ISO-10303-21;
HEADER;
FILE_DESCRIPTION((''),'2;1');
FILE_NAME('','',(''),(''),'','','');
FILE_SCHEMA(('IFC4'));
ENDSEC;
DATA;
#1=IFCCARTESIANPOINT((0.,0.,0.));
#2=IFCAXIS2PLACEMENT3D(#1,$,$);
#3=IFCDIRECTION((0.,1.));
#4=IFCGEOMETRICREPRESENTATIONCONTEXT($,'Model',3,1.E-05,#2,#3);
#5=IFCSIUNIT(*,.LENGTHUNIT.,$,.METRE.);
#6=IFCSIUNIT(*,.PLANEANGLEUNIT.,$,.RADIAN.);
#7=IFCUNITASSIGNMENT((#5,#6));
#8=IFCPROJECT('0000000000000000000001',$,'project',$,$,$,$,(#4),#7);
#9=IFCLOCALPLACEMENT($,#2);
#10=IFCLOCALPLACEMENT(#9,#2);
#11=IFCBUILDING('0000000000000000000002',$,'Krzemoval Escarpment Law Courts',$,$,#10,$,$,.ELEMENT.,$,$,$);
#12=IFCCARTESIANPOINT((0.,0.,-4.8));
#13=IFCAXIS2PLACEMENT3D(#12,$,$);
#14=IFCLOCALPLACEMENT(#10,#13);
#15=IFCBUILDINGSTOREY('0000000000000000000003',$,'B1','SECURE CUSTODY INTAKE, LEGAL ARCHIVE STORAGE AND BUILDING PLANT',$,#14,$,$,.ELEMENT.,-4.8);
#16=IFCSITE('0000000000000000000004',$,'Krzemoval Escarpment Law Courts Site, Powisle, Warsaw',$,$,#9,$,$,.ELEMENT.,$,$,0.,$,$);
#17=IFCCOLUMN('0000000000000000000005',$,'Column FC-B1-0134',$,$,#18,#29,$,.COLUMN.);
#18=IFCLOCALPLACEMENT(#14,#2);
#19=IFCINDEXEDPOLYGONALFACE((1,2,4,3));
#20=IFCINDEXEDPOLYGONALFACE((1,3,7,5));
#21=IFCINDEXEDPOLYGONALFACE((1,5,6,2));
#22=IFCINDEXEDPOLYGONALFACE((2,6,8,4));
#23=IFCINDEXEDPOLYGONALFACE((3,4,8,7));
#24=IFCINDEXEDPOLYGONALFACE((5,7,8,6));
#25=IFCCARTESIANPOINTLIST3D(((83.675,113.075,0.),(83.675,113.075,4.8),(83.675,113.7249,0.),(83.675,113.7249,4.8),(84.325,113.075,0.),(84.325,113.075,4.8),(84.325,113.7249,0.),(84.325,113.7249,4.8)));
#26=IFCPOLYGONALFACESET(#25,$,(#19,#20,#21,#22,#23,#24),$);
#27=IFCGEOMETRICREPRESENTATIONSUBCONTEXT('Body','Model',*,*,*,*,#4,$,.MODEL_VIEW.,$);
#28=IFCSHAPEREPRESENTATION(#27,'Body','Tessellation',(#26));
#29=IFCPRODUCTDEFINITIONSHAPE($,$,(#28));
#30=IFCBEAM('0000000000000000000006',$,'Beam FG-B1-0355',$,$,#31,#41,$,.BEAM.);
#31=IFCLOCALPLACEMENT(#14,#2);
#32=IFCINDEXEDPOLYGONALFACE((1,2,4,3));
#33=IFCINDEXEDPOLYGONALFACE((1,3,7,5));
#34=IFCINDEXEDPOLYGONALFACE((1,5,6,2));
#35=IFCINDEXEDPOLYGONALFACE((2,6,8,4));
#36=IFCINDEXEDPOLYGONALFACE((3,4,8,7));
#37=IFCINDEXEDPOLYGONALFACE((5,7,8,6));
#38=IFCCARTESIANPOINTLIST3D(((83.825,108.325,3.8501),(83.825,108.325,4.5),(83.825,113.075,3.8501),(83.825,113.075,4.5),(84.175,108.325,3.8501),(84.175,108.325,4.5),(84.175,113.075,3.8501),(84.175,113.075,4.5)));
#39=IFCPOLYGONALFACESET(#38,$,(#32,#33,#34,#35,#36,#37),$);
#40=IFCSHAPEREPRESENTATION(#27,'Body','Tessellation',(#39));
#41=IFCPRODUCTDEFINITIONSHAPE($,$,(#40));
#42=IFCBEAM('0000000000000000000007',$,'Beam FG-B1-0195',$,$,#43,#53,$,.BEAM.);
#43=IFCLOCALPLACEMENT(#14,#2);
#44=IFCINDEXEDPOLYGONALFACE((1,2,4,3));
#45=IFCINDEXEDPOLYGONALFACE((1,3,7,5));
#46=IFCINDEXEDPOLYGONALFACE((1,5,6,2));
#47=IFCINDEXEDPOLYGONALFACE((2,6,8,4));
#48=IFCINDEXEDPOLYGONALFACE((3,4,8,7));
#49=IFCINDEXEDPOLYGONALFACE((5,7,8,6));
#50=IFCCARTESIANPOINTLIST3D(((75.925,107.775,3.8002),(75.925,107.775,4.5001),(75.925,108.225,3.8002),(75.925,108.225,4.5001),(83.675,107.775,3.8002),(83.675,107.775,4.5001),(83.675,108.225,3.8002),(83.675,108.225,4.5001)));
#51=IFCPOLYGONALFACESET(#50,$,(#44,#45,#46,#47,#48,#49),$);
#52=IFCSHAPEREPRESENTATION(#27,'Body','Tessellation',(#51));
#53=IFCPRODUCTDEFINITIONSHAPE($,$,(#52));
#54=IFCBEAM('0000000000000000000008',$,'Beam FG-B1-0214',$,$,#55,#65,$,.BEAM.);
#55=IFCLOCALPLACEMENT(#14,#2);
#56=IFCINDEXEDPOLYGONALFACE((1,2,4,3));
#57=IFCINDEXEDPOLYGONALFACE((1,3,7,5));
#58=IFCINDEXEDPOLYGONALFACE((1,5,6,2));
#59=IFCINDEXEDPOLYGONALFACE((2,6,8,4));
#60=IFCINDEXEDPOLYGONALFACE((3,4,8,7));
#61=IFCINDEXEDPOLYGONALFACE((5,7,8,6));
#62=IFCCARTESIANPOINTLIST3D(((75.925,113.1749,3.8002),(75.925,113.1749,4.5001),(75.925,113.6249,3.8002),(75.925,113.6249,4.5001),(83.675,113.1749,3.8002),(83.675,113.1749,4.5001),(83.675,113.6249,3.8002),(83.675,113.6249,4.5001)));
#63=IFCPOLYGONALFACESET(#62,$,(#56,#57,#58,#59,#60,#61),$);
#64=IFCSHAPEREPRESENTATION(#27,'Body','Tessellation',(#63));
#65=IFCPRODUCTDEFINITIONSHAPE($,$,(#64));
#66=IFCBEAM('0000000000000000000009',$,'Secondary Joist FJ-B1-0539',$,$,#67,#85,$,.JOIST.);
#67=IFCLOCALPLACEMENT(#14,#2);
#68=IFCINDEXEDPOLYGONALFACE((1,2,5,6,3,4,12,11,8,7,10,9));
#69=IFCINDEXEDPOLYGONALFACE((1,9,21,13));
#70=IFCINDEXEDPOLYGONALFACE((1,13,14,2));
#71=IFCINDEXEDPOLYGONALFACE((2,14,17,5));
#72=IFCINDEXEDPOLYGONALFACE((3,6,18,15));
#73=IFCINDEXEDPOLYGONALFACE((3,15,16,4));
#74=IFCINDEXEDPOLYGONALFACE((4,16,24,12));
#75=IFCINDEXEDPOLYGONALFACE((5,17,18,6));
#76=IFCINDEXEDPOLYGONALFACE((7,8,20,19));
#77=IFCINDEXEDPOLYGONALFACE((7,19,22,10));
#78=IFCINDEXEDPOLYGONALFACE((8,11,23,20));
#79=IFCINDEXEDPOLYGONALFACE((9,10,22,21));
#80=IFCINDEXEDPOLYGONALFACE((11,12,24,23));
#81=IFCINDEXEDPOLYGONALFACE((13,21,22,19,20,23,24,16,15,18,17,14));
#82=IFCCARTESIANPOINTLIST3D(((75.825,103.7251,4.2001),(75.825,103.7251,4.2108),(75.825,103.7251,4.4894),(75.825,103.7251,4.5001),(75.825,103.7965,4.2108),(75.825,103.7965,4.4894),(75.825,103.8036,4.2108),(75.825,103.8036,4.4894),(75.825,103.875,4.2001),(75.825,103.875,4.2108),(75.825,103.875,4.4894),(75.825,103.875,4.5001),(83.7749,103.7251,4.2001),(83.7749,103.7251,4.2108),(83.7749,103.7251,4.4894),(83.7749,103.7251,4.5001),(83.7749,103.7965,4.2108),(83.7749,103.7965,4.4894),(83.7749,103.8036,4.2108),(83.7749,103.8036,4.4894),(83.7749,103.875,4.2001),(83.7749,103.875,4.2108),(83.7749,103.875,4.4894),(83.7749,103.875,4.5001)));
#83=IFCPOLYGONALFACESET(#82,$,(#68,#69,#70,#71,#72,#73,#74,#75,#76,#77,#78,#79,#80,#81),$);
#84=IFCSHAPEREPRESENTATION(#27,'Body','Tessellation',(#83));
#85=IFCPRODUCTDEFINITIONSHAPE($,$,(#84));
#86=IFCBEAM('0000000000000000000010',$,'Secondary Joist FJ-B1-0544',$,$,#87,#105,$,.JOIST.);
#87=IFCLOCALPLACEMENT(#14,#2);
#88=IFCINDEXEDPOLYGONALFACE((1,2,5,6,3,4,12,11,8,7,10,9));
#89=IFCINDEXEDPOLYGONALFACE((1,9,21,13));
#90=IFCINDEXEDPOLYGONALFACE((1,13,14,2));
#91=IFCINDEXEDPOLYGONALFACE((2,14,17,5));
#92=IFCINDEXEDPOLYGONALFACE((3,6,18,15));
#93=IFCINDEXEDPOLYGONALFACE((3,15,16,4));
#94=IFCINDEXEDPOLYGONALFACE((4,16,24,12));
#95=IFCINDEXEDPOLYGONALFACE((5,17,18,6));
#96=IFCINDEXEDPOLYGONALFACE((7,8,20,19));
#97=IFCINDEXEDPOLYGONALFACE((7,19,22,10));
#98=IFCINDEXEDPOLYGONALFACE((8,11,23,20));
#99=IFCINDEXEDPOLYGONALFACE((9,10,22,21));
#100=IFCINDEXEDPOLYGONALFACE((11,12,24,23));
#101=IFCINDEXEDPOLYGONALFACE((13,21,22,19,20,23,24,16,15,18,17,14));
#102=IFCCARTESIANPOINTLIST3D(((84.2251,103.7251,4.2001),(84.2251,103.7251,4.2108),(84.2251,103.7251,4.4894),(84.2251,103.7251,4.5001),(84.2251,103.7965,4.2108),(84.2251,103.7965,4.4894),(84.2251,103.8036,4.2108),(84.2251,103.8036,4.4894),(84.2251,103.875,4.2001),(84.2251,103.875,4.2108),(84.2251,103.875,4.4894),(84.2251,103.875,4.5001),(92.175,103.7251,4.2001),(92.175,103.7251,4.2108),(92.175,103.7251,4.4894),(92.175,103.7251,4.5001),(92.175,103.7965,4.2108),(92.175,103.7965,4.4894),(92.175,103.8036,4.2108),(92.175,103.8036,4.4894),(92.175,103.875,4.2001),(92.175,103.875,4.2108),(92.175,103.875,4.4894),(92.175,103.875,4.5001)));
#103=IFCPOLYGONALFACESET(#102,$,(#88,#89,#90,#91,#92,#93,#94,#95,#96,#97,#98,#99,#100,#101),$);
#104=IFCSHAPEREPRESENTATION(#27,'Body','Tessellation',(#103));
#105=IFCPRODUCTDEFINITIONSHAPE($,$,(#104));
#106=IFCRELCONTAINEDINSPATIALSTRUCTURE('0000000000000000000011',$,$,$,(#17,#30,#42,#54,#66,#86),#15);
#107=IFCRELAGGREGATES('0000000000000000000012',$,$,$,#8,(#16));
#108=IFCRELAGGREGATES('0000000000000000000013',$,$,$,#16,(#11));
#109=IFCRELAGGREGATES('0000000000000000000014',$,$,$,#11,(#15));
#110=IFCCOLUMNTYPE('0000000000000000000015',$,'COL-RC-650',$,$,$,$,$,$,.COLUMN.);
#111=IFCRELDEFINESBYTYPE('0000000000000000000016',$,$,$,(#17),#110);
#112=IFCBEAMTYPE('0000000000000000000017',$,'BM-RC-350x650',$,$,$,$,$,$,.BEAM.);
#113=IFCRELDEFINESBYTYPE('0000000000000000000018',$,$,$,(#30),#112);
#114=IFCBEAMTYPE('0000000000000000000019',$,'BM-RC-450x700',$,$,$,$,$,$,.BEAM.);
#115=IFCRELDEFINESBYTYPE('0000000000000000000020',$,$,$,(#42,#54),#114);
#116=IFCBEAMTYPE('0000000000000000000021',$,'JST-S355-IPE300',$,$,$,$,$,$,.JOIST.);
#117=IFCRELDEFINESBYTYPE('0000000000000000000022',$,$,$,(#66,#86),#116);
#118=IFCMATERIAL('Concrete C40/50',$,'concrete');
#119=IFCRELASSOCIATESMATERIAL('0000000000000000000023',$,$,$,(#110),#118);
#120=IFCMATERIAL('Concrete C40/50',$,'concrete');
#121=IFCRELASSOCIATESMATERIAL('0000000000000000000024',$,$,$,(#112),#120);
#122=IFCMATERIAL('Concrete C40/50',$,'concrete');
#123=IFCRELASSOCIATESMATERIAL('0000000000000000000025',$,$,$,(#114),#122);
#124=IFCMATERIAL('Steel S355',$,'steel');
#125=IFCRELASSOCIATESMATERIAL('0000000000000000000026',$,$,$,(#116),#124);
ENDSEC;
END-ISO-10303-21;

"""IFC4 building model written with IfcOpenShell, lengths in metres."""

from ifc_helpers import new_model, si_unit, direction, frame, origin, origin_2d, place, context, subcontext, project, spatial, rectangle, i_section, extrude, material, material_profile, profile_set, type_object, element, save


model = new_model("IFC4")

# Units and contexts
model_context = context("Model", 3, precision=1e-05, world=origin(), true_north=direction((0.0, 1.0)))
body_context = subcontext(model_context, "Body", "Model", "MODEL_VIEW")
ifc_project = project(units=[si_unit("LENGTHUNIT", "METRE"), si_unit("PLANEANGLEUNIT", "RADIAN")], contexts=[model_context])

# Site, building, storey
site_placement = place(None, origin())
site = spatial("IfcSite", under=ifc_project, at=site_placement, Name="Krzemoval Escarpment Law Courts Site, Powisle, Warsaw", CompositionType="ELEMENT", RefElevation=0.0)
building_placement = place(site_placement, origin())
building = spatial("IfcBuilding", under=site, at=building_placement, Name="Krzemoval Escarpment Law Courts", CompositionType="ELEMENT")
storey_placement = place(building_placement, frame((0.0, 0.0, -4.8)))
storey = spatial("IfcBuildingStorey", under=building, at=storey_placement, Name="B1", Description="SECURE CUSTODY INTAKE, LEGAL ARCHIVE STORAGE AND BUILDING PLANT", CompositionType="ELEMENT", Elevation=-4.8)

# Column
ifc_material_1 = material(Name="Concrete C40/50", Category="concrete")
ifc_material_profile_1 = material_profile(ifc_material_1, rectangle(XDim=0.6499, YDim=0.6499, at=origin_2d()), Name="RC 650x650")
ifc_profile_set_1 = profile_set([ifc_material_profile_1], Name="Concrete C40/50")
column_type = type_object("IfcColumnType", Name="COL-RC-650", PredefinedType="COLUMN", material=ifc_profile_set_1)
for number, where, z_axis, x_axis, name in (
    (1, (84.0, 113.3999, 0.0), (0.0, 0.0, 1.0), (1.0, 0.0, 0.0), "Column FC-B1-0134"),
):
    element("IfcColumn", number, at=place(storey_placement, frame(where, z_axis=z_axis, x_axis=x_axis)), inside=storey, type_object=column_type, Name=name, PredefinedType="COLUMN", context=body_context, shape_type="SweptSolid", body=[
        extrude(rectangle(XDim=0.6499, YDim=0.6499, at=origin_2d()), origin(), (0.0, 0.0, 1.0), 4.8),
    ])

# Beams
ifc_material_2 = material(Name="Concrete C40/50", Category="concrete")
ifc_material_profile_2 = material_profile(ifc_material_2, rectangle(XDim=0.3501, YDim=0.6499, at=origin_2d()), Name="RCB 350x650")
ifc_profile_set_2 = profile_set([ifc_material_profile_2], Name="Concrete C40/50")
beam_type_1 = type_object("IfcBeamType", Name="BM-RC-350x650", PredefinedType="BEAM", material=ifc_profile_set_2)
beam_placement = place(storey_placement, frame((84.0, 108.325, 4.175), z_axis=(0.0, 1.0, 0.0), x_axis=(-1.0, 0.0, 0.0)))
element("IfcBeam", 2, at=beam_placement, inside=storey, type_object=beam_type_1, Name="Beam FG-B1-0355", PredefinedType="BEAM", context=body_context, shape_type="SweptSolid", body=[
    extrude(rectangle(XDim=0.3501, YDim=0.6499, at=origin_2d()), origin(), (0.0, 0.0, 1.0), 4.75),
])
ifc_material_3 = material(Name="Concrete C40/50", Category="concrete")
ifc_material_profile_3 = material_profile(ifc_material_3, rectangle(XDim=0.45, YDim=0.7, at=origin_2d()), Name="RCB 450x700")
ifc_profile_set_3 = profile_set([ifc_material_profile_3], Name="Concrete C40/50")
beam_type_2 = type_object("IfcBeamType", Name="BM-RC-450x700", PredefinedType="BEAM", material=ifc_profile_set_3)
for number, where, z_axis, x_axis, name in (
    (3, (75.925, 108.0, 4.1501), (1.0, 0.0, 0.0), (0.0, 1.0, 0.0), "Beam FG-B1-0195"),
    (4, (75.925, 113.3999, 4.1501), (1.0, 0.0, 0.0), (0.0, 1.0, 0.0), "Beam FG-B1-0214"),
):
    element("IfcBeam", number, at=place(storey_placement, frame(where, z_axis=z_axis, x_axis=x_axis)), inside=storey, type_object=beam_type_2, Name=name, PredefinedType="BEAM", context=body_context, shape_type="SweptSolid", body=[
        extrude(rectangle(XDim=0.45, YDim=0.7, at=origin_2d()), origin(), (0.0, 0.0, 1.0), 7.75),
    ])
ifc_material_4 = material(Name="Steel S355", Category="steel")
ifc_material_profile_4 = material_profile(ifc_material_4, i_section(OverallWidth=0.1499, OverallDepth=0.3, WebThickness=0.0071, FlangeThickness=0.0107, at=origin_2d()), Name="IPE 300")
ifc_profile_set_4 = profile_set([ifc_material_profile_4], Name="Steel S355")
beam_type_3 = type_object("IfcBeamType", Name="JST-S355-IPE300", PredefinedType="JOIST", material=ifc_profile_set_4)
for number, where, z_axis, x_axis, name in (
    (5, (75.825, 103.8, 4.3501), (1.0, 0.0, 0.0), (0.0, 1.0, 0.0), "Secondary Joist FJ-B1-0539"),
    (6, (84.2251, 103.8, 4.3501), (1.0, 0.0, 0.0), (0.0, 1.0, 0.0), "Secondary Joist FJ-B1-0544"),
):
    element("IfcBeam", number, at=place(storey_placement, frame(where, z_axis=z_axis, x_axis=x_axis)), inside=storey, type_object=beam_type_3, Name=name, PredefinedType="JOIST", context=body_context, shape_type="SweptSolid", body=[
        extrude(i_section(OverallWidth=0.1499, OverallDepth=0.3, WebThickness=0.0071, FlangeThickness=0.0107, at=origin_2d()), origin(), (0.0, 0.0, 1.0), 7.95),
    ])

save(model, "model.ifc")
